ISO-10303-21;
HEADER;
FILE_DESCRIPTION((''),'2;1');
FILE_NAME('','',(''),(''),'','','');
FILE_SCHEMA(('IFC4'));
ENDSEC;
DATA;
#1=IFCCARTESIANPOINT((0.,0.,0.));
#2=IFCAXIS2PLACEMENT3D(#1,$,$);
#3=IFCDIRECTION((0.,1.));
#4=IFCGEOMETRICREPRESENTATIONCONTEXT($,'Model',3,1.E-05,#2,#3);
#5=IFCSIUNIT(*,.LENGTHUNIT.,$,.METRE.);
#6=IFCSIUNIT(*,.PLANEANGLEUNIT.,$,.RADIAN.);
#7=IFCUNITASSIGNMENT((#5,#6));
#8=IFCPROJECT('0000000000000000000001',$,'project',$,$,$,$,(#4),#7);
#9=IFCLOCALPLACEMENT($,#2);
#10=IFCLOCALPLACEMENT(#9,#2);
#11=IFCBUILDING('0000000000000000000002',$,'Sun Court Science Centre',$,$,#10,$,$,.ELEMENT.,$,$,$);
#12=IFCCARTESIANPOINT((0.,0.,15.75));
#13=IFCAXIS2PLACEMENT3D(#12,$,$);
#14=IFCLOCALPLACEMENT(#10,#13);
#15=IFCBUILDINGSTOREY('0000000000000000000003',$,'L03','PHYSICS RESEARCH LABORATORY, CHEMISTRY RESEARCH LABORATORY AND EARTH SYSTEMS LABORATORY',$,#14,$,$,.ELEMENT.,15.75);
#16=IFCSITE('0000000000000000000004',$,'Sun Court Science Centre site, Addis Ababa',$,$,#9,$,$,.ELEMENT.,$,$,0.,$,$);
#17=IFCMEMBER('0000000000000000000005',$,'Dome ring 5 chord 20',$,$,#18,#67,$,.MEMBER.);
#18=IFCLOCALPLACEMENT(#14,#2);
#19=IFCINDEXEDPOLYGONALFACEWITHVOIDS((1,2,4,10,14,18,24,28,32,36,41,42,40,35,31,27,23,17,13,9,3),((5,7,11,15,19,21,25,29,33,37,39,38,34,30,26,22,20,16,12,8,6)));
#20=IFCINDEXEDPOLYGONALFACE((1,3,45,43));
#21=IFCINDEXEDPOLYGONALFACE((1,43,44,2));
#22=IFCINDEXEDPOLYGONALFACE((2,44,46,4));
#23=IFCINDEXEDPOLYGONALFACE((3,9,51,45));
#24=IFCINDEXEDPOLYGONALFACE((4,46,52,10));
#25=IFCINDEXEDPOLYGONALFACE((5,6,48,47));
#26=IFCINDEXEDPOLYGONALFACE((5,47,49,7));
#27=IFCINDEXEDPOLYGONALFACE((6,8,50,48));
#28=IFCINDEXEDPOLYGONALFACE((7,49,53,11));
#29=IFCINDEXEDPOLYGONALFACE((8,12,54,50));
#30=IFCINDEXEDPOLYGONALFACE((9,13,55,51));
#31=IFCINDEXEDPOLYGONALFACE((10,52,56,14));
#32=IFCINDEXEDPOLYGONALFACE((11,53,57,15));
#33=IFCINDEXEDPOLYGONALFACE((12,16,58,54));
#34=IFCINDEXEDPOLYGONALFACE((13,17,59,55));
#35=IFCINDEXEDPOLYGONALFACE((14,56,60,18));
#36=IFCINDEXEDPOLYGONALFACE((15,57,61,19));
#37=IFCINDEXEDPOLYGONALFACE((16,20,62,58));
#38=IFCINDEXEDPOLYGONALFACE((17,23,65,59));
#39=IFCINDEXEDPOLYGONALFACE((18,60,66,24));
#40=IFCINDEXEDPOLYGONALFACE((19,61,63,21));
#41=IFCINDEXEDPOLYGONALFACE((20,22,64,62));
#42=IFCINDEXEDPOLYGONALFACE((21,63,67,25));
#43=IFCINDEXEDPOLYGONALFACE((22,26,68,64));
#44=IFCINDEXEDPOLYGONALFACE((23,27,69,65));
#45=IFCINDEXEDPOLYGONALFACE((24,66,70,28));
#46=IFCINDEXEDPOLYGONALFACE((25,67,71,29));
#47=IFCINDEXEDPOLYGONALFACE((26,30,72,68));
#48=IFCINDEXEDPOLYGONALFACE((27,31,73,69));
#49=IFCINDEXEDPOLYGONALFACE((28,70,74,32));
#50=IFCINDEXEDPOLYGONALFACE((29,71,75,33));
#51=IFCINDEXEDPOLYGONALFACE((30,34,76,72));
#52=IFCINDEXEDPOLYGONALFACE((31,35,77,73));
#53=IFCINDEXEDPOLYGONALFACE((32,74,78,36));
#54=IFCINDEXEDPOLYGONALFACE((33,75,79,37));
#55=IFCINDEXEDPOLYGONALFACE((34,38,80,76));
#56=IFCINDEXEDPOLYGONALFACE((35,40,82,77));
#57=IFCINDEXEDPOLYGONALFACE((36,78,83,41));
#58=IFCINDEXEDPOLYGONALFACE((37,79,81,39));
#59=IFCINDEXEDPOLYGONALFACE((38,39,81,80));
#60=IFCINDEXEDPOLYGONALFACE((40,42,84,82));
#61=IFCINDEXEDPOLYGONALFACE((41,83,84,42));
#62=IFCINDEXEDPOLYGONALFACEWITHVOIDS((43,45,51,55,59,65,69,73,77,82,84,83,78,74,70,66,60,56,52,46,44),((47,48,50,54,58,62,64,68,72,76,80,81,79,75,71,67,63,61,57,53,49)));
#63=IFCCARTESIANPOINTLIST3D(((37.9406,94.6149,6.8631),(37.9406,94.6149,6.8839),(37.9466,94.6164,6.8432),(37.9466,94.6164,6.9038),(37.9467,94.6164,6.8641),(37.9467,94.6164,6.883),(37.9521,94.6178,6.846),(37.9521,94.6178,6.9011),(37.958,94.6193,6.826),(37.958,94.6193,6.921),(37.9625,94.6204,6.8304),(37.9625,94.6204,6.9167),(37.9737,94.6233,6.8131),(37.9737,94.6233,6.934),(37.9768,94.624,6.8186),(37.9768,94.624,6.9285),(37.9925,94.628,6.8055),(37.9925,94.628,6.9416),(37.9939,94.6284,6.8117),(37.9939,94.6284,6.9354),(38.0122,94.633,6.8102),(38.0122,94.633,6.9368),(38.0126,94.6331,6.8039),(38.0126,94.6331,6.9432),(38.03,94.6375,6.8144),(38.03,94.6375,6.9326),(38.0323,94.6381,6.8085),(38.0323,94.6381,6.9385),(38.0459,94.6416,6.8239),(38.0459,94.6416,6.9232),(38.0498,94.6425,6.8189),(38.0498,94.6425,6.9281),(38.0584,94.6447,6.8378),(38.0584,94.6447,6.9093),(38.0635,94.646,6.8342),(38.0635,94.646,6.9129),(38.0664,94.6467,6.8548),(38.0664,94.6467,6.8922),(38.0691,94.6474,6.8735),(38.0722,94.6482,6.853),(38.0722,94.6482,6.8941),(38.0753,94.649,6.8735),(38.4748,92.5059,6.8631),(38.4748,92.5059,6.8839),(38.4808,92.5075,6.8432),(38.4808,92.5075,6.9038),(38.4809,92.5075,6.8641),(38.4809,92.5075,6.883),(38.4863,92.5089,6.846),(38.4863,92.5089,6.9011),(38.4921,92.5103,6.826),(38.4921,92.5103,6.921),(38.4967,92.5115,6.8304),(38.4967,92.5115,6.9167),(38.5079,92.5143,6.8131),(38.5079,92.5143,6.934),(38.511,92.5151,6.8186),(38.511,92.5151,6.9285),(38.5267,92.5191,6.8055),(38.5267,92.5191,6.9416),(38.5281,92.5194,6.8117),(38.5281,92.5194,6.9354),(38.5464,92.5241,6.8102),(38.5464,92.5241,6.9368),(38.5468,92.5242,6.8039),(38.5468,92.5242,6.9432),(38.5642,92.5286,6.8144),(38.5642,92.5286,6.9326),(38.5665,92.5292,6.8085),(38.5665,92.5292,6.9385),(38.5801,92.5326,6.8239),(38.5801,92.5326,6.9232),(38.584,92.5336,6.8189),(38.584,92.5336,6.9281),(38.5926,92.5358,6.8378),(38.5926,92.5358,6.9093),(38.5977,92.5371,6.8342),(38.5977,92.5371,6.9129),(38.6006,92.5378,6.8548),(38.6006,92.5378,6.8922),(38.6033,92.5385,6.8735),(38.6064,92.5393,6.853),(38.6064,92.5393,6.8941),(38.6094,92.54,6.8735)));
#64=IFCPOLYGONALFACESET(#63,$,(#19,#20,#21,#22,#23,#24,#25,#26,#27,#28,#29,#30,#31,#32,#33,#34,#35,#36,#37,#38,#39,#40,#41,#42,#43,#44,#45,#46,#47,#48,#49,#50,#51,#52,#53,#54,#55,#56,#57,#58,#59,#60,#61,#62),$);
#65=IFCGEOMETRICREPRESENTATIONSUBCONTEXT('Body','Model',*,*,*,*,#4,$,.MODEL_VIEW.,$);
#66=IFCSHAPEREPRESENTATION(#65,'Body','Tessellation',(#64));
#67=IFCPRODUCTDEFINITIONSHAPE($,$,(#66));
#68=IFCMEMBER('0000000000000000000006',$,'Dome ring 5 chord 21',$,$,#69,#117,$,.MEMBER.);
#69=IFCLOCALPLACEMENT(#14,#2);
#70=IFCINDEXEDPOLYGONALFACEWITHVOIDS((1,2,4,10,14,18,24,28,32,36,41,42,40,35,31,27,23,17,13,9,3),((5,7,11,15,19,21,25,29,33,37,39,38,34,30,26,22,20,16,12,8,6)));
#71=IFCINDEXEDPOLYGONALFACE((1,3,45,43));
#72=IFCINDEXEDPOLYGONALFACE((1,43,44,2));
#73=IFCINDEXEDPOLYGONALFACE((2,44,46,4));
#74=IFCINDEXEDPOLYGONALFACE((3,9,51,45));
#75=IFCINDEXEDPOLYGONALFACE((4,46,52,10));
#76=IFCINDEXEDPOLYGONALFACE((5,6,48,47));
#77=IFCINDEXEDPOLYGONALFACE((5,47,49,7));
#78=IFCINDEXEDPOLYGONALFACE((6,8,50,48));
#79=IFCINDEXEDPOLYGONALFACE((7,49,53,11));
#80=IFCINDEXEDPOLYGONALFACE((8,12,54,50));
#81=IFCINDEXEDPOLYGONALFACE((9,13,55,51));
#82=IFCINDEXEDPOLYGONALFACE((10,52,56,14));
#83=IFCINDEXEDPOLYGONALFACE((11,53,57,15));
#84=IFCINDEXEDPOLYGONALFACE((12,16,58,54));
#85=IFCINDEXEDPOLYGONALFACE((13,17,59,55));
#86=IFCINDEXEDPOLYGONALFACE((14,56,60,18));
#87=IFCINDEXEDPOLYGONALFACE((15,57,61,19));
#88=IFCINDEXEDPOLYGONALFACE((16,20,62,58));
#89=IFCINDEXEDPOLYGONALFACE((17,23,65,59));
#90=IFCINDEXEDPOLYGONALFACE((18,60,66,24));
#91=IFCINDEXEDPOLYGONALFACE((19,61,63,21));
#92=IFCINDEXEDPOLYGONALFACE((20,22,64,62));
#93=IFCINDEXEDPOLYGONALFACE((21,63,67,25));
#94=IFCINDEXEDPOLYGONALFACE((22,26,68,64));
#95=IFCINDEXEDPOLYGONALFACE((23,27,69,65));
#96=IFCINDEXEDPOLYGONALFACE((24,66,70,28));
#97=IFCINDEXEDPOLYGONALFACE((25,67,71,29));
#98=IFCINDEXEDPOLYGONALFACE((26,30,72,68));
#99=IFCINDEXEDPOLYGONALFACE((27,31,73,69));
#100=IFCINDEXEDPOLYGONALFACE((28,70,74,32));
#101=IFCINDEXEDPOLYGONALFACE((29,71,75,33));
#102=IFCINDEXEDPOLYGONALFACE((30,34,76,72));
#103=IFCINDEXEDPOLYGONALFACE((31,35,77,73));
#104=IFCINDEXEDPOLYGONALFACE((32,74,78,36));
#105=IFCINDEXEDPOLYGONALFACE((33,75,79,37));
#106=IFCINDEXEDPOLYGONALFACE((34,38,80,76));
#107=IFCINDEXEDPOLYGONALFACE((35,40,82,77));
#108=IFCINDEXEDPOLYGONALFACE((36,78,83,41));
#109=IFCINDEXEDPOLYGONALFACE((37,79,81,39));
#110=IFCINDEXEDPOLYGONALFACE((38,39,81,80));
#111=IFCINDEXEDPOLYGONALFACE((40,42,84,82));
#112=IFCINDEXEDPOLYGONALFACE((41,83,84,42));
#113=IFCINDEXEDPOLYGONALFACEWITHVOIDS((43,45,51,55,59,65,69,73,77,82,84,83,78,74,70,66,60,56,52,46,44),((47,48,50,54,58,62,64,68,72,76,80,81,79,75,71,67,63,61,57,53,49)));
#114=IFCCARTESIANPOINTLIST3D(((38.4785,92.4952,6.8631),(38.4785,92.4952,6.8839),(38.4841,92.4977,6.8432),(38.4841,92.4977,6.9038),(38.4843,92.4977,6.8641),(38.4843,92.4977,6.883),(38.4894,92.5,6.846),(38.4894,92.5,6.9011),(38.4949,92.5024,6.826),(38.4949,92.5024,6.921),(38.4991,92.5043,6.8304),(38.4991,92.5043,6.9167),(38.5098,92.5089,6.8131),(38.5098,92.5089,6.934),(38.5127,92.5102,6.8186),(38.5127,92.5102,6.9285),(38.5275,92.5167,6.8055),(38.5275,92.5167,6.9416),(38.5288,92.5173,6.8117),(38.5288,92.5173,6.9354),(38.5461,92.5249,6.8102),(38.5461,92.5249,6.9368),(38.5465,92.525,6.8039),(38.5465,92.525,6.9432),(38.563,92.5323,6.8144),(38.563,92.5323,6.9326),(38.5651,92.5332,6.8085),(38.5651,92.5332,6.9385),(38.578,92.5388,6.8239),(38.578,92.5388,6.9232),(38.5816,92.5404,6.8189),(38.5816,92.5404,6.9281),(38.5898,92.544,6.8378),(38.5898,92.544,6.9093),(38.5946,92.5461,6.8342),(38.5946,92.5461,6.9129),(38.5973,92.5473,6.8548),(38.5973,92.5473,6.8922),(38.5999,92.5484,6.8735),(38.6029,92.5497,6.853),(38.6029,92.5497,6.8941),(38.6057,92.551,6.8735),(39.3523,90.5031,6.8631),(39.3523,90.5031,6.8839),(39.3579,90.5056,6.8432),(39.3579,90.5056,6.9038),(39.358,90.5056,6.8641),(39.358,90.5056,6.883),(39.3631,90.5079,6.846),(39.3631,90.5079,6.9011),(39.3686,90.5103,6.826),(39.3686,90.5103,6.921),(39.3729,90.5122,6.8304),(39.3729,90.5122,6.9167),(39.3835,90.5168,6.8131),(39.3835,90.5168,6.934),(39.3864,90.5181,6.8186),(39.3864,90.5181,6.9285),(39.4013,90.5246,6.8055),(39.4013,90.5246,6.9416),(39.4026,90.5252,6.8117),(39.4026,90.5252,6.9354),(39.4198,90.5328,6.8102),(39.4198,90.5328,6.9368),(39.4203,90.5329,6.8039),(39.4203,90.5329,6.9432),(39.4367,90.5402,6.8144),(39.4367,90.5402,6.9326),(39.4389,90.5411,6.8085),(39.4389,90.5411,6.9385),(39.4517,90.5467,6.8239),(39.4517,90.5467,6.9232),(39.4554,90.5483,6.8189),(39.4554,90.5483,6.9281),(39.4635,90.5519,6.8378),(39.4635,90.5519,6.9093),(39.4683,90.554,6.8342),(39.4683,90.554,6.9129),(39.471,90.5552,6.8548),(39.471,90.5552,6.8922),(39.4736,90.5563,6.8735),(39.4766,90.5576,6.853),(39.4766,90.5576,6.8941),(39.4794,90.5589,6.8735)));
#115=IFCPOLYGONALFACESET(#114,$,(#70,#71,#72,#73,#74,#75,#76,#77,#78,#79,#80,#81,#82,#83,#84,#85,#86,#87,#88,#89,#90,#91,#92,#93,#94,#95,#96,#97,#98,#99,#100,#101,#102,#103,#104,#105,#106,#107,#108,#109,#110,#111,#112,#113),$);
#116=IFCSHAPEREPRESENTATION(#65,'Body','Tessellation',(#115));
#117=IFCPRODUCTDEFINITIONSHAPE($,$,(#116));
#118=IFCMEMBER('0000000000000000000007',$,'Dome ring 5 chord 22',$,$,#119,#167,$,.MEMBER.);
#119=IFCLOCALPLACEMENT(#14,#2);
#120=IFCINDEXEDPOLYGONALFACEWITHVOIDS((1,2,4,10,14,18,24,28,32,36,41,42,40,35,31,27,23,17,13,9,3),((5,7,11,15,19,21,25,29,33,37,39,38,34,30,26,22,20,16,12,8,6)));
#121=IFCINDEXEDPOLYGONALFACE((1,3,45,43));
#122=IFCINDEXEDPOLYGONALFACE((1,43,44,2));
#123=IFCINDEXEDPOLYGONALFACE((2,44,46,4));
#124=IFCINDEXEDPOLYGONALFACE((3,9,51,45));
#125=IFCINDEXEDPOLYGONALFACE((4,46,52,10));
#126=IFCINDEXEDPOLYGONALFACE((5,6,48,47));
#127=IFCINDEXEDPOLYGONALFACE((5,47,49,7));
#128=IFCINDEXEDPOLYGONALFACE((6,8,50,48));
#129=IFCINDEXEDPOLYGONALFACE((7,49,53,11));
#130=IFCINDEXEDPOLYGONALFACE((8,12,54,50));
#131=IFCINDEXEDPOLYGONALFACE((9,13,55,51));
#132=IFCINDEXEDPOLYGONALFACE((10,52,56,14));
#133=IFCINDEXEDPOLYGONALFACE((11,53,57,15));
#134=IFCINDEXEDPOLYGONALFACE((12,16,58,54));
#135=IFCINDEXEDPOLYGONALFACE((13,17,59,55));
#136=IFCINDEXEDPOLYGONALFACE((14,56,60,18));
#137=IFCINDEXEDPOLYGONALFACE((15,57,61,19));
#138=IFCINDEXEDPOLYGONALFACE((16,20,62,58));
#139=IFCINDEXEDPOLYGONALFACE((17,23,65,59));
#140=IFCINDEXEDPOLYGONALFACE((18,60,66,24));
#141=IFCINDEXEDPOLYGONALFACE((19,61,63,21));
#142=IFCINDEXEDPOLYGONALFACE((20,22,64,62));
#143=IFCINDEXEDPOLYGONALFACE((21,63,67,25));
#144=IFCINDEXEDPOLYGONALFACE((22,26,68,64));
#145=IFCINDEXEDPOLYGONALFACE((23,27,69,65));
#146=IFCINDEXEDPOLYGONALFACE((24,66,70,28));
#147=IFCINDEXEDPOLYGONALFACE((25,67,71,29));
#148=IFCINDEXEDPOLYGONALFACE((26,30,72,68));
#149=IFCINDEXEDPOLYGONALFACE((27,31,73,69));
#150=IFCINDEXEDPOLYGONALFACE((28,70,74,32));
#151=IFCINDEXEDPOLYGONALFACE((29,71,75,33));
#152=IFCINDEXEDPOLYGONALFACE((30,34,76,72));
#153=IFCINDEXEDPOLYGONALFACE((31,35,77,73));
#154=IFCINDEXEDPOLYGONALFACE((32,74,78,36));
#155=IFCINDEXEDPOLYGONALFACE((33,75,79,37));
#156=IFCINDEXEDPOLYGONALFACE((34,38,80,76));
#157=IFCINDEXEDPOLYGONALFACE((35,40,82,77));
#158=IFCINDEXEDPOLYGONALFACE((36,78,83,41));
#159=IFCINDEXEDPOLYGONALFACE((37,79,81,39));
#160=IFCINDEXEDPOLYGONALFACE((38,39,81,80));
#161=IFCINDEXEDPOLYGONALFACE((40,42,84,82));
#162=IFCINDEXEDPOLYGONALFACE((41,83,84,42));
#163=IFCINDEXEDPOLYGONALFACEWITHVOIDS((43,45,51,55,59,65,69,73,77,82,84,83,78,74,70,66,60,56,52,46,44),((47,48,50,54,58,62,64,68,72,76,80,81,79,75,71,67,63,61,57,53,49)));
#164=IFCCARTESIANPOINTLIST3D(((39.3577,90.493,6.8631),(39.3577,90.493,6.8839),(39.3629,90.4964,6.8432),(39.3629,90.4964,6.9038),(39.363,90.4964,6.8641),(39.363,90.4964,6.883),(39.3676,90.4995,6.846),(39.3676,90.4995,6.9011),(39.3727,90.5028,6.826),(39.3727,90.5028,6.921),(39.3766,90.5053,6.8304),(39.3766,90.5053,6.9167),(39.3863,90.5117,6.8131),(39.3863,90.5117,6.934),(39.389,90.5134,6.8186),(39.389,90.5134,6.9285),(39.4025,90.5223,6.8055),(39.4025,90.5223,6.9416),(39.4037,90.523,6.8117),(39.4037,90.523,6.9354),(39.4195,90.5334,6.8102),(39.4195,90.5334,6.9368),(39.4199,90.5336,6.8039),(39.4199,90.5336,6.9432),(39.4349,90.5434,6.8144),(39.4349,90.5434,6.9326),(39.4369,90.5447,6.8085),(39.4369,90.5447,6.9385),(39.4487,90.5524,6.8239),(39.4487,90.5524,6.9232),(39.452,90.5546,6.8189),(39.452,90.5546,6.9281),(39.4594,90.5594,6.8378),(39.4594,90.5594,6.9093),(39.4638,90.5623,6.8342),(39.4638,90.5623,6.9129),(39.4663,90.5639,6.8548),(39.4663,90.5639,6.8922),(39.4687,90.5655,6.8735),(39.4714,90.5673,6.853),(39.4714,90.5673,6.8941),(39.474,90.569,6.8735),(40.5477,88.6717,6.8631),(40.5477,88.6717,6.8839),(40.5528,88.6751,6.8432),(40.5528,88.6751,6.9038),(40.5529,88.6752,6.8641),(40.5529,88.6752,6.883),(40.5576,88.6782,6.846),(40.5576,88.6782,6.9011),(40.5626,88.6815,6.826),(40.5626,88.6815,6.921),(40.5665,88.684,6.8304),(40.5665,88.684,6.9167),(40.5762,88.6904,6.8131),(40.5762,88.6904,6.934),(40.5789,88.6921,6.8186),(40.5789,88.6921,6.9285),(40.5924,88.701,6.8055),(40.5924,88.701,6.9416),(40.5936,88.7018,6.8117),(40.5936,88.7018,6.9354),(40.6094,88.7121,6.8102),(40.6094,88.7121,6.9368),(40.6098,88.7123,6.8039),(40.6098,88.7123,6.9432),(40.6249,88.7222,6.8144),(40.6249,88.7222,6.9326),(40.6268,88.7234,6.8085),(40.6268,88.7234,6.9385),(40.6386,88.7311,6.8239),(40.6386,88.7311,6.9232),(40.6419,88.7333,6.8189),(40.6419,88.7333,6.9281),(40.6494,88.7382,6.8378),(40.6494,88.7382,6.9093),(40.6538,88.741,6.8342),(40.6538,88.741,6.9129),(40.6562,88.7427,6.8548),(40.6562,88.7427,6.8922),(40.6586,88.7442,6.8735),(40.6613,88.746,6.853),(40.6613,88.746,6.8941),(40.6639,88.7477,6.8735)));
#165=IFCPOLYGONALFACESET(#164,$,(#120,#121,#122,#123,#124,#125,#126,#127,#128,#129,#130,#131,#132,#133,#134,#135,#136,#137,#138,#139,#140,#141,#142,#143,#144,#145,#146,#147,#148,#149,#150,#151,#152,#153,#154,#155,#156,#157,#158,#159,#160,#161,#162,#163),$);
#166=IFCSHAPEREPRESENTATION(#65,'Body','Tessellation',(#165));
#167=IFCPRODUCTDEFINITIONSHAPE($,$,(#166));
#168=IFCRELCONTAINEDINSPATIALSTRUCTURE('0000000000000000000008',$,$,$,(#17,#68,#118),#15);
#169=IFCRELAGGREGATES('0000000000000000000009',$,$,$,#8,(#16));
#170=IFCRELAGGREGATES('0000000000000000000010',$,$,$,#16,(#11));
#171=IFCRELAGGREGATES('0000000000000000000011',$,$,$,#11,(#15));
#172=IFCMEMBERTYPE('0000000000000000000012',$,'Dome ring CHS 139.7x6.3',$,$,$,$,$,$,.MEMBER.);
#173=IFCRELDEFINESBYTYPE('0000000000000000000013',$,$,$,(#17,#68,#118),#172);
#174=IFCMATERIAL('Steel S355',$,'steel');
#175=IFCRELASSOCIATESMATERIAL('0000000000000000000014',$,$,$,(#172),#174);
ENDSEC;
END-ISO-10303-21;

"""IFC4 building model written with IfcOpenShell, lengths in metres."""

from ifc_helpers import new_model, si_unit, direction, frame, origin, origin_2d, place, context, subcontext, project, spatial, hollow_circle, extrude, material, material_profile, profile_set, type_object, element, save


model = new_model("IFC4")

# Units and contexts
model_context = context("Model", 3, precision=1e-05, world=origin(), true_north=direction((0.0, 1.0)))
body_context = subcontext(model_context, "Body", "Model", "MODEL_VIEW")
ifc_project = project(units=[si_unit("LENGTHUNIT", "METRE"), si_unit("PLANEANGLEUNIT", "RADIAN")], contexts=[model_context])

# Site, building, storey
site_placement = place(None, origin())
site = spatial("IfcSite", under=ifc_project, at=site_placement, Name="Sun Court Science Centre site, Addis Ababa", CompositionType="ELEMENT", RefElevation=0.0)
building_placement = place(site_placement, origin())
building = spatial("IfcBuilding", under=site, at=building_placement, Name="Sun Court Science Centre", CompositionType="ELEMENT")
storey_placement = place(building_placement, frame((0.0, 0.0, 15.75)))
storey = spatial("IfcBuildingStorey", under=building, at=storey_placement, Name="L03", Description="PHYSICS RESEARCH LABORATORY, CHEMISTRY RESEARCH LABORATORY AND EARTH SYSTEMS LABORATORY", CompositionType="ELEMENT", Elevation=15.75)

# Members
ifc_material_1 = material(Name="Steel S355", Category="steel")
ifc_material_profile_1 = material_profile(ifc_material_1, hollow_circle(Radius=0.0698, WallThickness=0.0063, at=origin_2d()), Name="CHS 139.7x6.3")
ifc_profile_set_1 = profile_set([ifc_material_profile_1], Name="Steel S355")
member_type_1 = type_object("IfcMemberType", Name="Dome ring CHS 139.7x6.3", PredefinedType="MEMBER", material=ifc_profile_set_1)
member_1_placement = place(storey_placement, frame((38.0076, 94.6318, 6.8735), z_axis=(0.245545, -0.969385, 0.0), x_axis=(0.969385, 0.245545, 0.0)))
element("IfcMember", 1, at=member_1_placement, inside=storey, type_object=member_type_1, Name="Dome ring 5 chord 20", PredefinedType="MEMBER", context=body_context, shape_type="SweptSolid", body=[
    extrude(hollow_circle(Radius=0.0698, WallThickness=0.0063, at=origin_2d()), origin(), (0.0, 0.0, 1.0), 2.1755),
])
member_2_placement = place(storey_placement, frame((38.5417, 92.5229, 6.8735), z_axis=(0.401666, -0.915786, 0.0), x_axis=(0.915786, 0.401666, 0.0)))
element("IfcMember", 2, at=member_2_placement, inside=storey, type_object=member_type_1, Name="Dome ring 5 chord 21", PredefinedType="MEMBER", context=body_context, shape_type="SweptSolid", body=[
    extrude(hollow_circle(Radius=0.0698, WallThickness=0.0063, at=origin_2d()), origin(), (0.0, 0.0, 1.0), 2.1753),
])
for number, where, z_axis, x_axis, name in (
    (3, (39.4155, 90.5308, 6.8735), (0.546959, -0.837159, 0.0), (0.837159, 0.546959, 0.0), "Dome ring 5 chord 22"),
):
    element("IfcMember", number, at=place(storey_placement, frame(where, z_axis=z_axis, x_axis=x_axis)), inside=storey, type_object=member_type_1, Name=name, PredefinedType="MEMBER", context=body_context, shape_type="SweptSolid", body=[
        extrude(hollow_circle(Radius=0.0698, WallThickness=0.0063, at=origin_2d()), origin(), (0.0, 0.0, 1.0), 2.1755),
    ])

save(model, "model.ifc")
